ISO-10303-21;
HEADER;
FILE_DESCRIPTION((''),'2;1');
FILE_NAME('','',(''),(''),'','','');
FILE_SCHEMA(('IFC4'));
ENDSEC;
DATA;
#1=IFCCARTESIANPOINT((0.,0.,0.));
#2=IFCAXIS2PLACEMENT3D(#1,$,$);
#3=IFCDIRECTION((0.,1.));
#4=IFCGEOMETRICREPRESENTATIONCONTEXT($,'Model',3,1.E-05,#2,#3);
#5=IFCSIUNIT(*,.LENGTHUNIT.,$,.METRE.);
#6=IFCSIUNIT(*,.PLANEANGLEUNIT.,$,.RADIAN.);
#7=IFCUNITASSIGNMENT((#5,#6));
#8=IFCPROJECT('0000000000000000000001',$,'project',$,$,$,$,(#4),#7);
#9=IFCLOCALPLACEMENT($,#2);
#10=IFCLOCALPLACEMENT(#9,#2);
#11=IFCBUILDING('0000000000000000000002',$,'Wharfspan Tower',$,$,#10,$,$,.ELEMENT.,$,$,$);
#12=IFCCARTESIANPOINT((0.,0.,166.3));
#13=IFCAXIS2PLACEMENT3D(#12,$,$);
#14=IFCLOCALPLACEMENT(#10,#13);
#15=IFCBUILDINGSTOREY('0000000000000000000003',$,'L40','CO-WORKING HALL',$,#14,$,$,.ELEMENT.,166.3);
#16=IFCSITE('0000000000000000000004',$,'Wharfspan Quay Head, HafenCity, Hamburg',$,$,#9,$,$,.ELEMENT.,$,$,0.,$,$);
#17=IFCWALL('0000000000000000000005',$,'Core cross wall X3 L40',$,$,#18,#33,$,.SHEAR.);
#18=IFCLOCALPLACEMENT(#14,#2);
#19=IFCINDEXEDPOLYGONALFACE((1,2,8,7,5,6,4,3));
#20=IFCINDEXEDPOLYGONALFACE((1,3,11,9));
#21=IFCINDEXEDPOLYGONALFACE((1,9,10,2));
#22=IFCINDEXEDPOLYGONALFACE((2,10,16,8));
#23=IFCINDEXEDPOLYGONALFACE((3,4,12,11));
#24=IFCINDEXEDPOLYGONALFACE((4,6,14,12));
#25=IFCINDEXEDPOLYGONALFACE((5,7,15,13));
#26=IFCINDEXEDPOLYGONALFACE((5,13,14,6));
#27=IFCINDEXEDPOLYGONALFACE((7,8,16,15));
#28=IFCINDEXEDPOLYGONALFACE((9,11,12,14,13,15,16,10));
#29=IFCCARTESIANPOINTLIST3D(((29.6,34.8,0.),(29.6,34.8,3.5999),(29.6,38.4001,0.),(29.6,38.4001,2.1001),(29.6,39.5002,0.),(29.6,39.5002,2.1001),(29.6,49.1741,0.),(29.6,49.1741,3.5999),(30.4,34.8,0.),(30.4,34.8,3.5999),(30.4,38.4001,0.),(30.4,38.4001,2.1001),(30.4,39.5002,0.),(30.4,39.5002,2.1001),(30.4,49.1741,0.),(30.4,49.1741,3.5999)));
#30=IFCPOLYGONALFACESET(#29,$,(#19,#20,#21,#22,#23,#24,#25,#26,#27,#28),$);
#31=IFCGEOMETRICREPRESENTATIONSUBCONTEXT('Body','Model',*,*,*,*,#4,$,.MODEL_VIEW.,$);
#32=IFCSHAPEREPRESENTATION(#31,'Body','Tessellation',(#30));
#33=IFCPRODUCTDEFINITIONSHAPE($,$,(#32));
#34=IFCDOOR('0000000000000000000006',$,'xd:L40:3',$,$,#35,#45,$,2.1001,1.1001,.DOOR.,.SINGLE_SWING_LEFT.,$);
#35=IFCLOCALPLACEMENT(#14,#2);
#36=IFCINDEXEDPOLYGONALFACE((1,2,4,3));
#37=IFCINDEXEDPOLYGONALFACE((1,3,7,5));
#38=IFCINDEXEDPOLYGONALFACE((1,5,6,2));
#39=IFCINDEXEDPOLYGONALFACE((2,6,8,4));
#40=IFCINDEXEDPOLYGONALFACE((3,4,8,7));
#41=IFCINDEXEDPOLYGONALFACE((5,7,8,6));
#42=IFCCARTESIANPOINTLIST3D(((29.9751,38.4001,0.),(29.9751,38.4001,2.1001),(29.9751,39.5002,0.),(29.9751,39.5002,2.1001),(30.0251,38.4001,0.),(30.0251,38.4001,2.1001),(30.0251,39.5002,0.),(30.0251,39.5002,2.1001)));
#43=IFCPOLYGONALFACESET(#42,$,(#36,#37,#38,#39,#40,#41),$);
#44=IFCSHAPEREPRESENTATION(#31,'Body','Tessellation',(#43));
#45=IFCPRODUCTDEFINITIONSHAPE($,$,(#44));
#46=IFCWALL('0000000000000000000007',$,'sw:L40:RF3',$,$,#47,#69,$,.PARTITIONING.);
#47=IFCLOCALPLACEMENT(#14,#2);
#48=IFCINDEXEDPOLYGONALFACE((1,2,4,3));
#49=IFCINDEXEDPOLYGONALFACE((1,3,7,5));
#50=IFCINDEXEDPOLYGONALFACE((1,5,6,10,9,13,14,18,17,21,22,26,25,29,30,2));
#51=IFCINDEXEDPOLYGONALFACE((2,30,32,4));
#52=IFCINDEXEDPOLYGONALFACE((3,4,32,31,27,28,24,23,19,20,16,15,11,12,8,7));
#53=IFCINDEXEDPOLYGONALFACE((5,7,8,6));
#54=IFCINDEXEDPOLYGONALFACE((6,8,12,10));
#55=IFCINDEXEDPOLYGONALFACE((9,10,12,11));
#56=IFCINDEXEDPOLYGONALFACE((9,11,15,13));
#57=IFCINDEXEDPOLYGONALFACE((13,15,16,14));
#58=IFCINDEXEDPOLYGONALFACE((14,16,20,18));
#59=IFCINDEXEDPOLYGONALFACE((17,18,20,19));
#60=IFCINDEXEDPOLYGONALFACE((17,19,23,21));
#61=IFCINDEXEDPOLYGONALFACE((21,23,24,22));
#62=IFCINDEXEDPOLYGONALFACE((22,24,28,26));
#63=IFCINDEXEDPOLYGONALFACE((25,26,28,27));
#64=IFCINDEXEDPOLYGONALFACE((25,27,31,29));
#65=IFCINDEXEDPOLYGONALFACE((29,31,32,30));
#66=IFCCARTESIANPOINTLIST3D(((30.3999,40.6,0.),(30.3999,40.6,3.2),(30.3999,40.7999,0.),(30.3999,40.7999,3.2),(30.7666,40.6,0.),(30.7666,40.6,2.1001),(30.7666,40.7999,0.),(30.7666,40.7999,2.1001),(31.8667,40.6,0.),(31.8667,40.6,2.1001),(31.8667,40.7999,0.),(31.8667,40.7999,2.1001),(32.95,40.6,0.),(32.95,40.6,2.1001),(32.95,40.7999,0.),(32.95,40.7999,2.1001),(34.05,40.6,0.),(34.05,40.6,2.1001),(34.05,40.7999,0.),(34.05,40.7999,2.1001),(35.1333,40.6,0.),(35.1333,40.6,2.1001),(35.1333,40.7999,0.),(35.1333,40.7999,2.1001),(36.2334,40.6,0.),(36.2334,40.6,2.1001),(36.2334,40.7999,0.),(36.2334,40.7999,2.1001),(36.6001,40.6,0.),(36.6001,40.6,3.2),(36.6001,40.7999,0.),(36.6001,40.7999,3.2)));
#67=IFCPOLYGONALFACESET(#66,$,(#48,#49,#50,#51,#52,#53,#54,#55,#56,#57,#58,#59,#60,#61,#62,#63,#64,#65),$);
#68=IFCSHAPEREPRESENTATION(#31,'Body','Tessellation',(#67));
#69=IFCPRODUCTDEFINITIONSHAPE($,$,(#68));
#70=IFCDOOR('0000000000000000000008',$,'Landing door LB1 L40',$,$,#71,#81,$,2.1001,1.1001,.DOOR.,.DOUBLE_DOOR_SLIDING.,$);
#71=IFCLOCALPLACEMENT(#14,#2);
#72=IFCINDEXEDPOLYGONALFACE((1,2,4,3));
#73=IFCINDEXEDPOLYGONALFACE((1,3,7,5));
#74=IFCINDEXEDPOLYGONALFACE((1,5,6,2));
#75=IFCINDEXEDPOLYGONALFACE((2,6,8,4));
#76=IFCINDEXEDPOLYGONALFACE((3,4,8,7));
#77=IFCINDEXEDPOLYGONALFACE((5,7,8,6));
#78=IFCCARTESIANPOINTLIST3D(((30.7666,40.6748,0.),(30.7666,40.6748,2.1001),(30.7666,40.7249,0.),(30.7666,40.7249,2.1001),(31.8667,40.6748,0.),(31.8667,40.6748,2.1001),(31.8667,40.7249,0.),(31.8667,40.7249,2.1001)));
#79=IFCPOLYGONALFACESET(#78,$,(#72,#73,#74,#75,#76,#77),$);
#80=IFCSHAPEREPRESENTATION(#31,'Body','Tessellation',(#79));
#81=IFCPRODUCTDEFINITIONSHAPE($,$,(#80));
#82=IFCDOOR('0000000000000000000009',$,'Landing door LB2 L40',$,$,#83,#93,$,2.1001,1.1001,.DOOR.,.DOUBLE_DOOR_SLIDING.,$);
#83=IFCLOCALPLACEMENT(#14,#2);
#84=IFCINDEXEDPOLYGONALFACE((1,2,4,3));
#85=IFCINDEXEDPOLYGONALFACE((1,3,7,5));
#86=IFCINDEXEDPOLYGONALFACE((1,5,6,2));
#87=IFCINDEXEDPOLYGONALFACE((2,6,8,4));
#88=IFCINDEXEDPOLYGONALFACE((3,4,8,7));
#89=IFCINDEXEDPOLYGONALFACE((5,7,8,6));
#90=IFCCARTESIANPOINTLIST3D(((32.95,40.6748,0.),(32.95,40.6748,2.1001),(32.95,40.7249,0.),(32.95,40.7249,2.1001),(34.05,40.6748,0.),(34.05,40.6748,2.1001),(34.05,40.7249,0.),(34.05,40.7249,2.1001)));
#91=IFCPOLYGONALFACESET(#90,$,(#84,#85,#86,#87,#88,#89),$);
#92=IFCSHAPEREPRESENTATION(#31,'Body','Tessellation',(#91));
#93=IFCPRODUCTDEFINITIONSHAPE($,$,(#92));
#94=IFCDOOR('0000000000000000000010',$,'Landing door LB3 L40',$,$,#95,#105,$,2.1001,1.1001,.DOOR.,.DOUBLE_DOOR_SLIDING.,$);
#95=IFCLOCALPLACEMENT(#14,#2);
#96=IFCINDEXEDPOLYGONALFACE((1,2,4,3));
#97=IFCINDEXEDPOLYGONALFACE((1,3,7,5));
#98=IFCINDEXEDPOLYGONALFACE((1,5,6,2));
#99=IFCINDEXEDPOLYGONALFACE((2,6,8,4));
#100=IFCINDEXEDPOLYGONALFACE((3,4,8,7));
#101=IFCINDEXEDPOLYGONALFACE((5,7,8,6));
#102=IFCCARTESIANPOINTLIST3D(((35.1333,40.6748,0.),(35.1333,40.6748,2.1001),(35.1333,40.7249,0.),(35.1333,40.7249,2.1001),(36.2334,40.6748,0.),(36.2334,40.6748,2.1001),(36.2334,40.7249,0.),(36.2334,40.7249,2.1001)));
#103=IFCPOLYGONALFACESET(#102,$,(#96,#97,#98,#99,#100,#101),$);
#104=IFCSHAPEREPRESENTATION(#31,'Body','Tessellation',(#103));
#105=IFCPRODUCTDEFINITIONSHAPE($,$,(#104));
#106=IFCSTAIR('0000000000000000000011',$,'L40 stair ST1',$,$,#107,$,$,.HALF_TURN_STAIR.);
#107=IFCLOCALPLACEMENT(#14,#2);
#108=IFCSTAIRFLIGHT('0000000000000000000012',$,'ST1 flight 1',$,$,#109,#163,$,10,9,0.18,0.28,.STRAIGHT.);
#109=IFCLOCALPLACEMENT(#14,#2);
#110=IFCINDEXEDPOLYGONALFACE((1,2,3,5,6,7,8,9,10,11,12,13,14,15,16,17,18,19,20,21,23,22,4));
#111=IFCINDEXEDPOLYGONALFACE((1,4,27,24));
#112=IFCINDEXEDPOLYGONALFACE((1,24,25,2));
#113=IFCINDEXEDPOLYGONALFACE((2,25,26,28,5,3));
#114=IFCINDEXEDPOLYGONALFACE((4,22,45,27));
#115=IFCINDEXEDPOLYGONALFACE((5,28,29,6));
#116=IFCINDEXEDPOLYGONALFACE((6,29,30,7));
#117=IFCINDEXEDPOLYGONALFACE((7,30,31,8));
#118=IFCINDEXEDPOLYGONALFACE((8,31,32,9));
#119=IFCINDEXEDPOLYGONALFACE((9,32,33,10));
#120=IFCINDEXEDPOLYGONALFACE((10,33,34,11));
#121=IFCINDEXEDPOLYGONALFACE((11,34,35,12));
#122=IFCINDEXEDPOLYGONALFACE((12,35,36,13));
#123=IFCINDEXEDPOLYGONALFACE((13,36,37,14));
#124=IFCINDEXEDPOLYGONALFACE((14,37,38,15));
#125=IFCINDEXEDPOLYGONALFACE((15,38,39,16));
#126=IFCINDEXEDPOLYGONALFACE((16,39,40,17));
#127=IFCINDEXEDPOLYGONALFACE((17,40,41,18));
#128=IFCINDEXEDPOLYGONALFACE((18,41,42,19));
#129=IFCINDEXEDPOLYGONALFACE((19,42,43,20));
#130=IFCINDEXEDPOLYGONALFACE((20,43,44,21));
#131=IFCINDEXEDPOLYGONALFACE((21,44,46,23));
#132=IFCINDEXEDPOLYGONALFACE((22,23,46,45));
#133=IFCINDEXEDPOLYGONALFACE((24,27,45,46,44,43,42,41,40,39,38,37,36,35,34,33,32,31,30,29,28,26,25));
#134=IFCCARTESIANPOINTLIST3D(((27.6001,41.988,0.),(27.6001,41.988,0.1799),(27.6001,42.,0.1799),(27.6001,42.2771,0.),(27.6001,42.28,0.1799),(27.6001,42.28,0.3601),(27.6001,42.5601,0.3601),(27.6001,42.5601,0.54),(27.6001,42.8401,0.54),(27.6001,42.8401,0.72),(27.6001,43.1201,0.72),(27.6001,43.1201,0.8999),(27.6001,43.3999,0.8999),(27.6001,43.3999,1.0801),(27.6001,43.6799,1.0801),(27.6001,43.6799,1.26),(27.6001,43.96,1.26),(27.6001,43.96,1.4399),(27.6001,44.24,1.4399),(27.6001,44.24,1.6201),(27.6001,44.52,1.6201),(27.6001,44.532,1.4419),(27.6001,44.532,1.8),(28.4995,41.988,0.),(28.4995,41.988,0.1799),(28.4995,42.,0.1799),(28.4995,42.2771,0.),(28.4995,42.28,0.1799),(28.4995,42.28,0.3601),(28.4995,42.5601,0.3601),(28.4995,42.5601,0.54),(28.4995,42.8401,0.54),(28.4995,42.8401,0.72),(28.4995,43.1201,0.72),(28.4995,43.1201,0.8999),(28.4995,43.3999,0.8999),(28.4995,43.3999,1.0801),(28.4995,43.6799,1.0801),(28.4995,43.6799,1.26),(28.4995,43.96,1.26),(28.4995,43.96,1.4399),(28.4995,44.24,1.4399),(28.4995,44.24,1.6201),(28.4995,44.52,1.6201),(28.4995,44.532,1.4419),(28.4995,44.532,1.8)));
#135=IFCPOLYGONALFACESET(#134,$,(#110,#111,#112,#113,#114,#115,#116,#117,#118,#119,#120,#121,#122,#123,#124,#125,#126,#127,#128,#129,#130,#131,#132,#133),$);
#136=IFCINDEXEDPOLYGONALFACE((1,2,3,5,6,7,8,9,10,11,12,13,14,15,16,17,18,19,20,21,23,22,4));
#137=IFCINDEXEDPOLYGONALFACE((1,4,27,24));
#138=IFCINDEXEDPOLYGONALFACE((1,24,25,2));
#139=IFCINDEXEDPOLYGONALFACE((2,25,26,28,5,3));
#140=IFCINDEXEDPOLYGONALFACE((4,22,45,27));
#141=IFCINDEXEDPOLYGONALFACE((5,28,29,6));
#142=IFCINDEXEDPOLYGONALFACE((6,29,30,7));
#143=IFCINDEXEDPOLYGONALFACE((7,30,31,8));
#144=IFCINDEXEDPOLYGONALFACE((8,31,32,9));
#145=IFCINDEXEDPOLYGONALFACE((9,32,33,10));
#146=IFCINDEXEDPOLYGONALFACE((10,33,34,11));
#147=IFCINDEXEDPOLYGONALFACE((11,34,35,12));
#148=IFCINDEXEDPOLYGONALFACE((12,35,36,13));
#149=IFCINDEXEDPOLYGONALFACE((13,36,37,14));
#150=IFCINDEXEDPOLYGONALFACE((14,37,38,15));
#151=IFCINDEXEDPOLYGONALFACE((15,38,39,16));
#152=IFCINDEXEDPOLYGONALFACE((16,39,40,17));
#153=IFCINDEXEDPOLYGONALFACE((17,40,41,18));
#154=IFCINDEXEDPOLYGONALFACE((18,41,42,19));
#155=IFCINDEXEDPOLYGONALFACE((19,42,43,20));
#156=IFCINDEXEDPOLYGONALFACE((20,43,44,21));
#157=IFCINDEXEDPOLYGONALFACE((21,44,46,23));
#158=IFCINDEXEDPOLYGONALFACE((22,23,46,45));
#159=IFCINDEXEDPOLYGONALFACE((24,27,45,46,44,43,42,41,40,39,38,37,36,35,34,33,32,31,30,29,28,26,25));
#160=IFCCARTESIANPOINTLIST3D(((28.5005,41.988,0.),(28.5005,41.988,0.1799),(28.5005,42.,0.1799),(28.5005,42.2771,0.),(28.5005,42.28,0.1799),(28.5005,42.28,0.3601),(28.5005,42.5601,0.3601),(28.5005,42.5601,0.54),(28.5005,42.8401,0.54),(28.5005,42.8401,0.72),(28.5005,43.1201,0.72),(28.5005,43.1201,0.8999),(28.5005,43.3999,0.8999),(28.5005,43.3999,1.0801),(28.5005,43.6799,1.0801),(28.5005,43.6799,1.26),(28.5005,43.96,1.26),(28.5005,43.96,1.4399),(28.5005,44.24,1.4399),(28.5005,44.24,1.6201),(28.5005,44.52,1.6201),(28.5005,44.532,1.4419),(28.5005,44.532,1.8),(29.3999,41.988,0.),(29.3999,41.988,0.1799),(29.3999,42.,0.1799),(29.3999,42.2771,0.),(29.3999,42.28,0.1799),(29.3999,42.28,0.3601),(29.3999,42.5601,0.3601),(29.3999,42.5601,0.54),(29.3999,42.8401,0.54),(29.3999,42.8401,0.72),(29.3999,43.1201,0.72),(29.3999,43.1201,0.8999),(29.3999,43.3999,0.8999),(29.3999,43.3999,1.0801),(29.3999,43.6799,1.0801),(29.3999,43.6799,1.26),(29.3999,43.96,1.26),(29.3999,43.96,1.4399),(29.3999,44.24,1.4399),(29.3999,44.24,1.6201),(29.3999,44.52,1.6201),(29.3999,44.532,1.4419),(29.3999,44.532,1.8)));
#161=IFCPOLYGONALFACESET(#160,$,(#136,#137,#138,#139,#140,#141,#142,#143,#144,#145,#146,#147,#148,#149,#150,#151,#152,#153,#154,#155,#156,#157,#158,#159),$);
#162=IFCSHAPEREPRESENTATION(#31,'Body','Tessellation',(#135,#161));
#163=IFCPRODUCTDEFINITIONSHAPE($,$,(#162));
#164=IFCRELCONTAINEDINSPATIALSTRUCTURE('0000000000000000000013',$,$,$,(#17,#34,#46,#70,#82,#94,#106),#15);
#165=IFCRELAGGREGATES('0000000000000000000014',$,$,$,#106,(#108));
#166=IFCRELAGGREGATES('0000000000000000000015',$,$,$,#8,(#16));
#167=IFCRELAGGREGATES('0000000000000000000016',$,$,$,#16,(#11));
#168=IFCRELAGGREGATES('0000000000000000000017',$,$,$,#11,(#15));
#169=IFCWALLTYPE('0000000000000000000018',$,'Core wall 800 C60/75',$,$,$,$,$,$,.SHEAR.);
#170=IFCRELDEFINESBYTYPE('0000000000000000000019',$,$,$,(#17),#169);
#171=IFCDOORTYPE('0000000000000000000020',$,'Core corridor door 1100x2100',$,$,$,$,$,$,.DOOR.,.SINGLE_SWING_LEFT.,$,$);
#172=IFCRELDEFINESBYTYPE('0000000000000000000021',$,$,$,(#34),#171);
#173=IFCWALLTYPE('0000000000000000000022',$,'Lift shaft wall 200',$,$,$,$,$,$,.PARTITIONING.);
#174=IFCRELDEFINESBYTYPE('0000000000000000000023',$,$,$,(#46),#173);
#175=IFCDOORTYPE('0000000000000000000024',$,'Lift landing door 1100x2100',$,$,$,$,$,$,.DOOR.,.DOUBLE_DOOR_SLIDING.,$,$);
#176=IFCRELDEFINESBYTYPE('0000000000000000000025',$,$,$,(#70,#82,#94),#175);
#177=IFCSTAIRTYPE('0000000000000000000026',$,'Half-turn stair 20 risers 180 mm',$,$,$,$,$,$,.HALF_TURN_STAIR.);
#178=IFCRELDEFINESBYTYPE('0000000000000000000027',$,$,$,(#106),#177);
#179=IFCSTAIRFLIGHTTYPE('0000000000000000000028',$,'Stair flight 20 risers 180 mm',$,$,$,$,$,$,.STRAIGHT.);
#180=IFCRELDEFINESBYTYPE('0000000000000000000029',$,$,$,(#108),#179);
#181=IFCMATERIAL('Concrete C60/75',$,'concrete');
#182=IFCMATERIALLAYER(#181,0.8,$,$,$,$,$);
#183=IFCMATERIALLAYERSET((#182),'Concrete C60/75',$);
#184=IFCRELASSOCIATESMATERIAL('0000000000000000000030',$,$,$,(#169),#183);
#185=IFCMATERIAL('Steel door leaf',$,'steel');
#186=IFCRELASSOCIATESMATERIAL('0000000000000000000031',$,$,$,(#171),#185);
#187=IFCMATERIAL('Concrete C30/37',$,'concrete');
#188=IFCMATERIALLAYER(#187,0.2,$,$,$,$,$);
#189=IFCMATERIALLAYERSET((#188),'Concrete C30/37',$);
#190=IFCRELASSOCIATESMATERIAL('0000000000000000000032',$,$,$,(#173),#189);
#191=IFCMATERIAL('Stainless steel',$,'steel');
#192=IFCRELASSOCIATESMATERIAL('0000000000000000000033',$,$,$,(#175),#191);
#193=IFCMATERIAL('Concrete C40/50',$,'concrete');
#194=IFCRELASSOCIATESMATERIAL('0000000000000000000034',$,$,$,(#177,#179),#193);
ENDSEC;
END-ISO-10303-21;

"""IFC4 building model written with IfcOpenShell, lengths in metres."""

from ifc_helpers import new_model, si_unit, direction, frame, frame_2d, origin, place, context, subcontext, project, spatial, polyline, rectangle, outline, extrude, material, layer, layer_set, type_object, element, fill, aggregate, save


model = new_model("IFC4")

# Units and contexts
model_context = context("Model", 3, precision=1e-05, world=origin(), true_north=direction((0.0, 1.0)))
body_context = subcontext(model_context, "Body", "Model", "MODEL_VIEW")
ifc_project = project(units=[si_unit("LENGTHUNIT", "METRE"), si_unit("PLANEANGLEUNIT", "RADIAN")], contexts=[model_context])

# Site, building, storey
site_placement = place(None, origin())
site = spatial("IfcSite", under=ifc_project, at=site_placement, Name="Wharfspan Quay Head, HafenCity, Hamburg", CompositionType="ELEMENT", RefElevation=0.0)
building_placement = place(site_placement, origin())
building = spatial("IfcBuilding", under=site, at=building_placement, Name="Wharfspan Tower", CompositionType="ELEMENT")
storey_placement = place(building_placement, frame((0.0, 0.0, 166.3)))
storey = spatial("IfcBuildingStorey", under=building, at=storey_placement, Name="L40", Description="CO-WORKING HALL", CompositionType="ELEMENT", Elevation=166.3)

# Wall, opening, door
ifc_material_1 = material(Name="Concrete C60/75", Category="concrete")
ifc_layer_1 = layer(ifc_material_1, 0.8)
ifc_layer_set_1 = layer_set([ifc_layer_1], Name="Concrete C60/75")
wall_type_1 = type_object("IfcWallType", Name="Core wall 800 C60/75", PredefinedType="SHEAR", material=ifc_layer_set_1)
wall_1_placement = place(storey_placement, frame((30.0, 34.8, 0.0), z_axis=(0.0, 0.0, 1.0), x_axis=(0.0, 1.0, 0.0)))
wall_1 = element("IfcWall", 1, at=wall_1_placement, inside=storey, type_object=wall_type_1, Name="Core cross wall X3 L40", PredefinedType="SHEAR", context=body_context, shape_type="SweptSolid", body=[
    extrude(rectangle(XDim=14.374, YDim=0.8, at=frame_2d((7.187, 0.0))), origin(), (0.0, 0.0, 1.0), 3.5999),
])
opening_1_placement = place(wall_1_placement, frame((3.6001, 0.0, 0.0)))
opening_1 = element("IfcOpeningElement", 2, at=opening_1_placement, cuts=wall_1, PredefinedType="OPENING", context=body_context, shape_type="SweptSolid", body=[
    extrude(rectangle(XDim=1.1001, YDim=2.1001, at=frame_2d((0.55, 1.05))), frame((0.0, 0.4099, 0.0), z_axis=(0.0, -1.0, 0.0), x_axis=(1.0, 0.0, 0.0)), (0.0, 0.0, 1.0), 0.8201),
])
ifc_material_2 = material(Name="Steel door leaf", Category="steel")
door_type_1 = type_object("IfcDoorType", Name="Core corridor door 1100x2100", OperationType="SINGLE_SWING_LEFT", PredefinedType="DOOR", material=ifc_material_2)
door_1_placement = place(opening_1_placement, origin())
door_1 = element("IfcDoor", 3, at=door_1_placement, inside=storey, type_object=door_type_1, Name="xd:L40:3", OperationType="SINGLE_SWING_LEFT", OverallHeight=2.1001, OverallWidth=1.1001, PredefinedType="DOOR", context=body_context, shape_type="SweptSolid", body=[
    extrude(rectangle(XDim=1.1001, YDim=2.1001, at=frame_2d((0.55, 1.05))), frame((0.0, 0.0249, 0.0), z_axis=(0.0, -1.0, 0.0), x_axis=(1.0, 0.0, 0.0)), (0.0, 0.0, 1.0), 0.05),
])
fill(opening_1, door_1)

# Wall, openings, doors
ifc_material_3 = material(Name="Concrete C30/37", Category="concrete")
ifc_layer_2 = layer(ifc_material_3, 0.2)
ifc_layer_set_2 = layer_set([ifc_layer_2], Name="Concrete C30/37")
wall_type_2 = type_object("IfcWallType", Name="Lift shaft wall 200", PredefinedType="PARTITIONING", material=ifc_layer_set_2)
wall_2_placement = place(storey_placement, frame((30.3999, 40.7, 0.0), z_axis=(0.0, 0.0, 1.0), x_axis=(1.0, 0.0, 0.0)))
wall_2 = element("IfcWall", 4, at=wall_2_placement, inside=storey, type_object=wall_type_2, Name="sw:L40:RF3", PredefinedType="PARTITIONING", context=body_context, shape_type="SweptSolid", body=[
    extrude(rectangle(XDim=6.2002, YDim=0.2, at=frame_2d((3.1001, 0.0))), origin(), (0.0, 0.0, 1.0), 3.2),
])
opening_2_placement = place(wall_2_placement, frame((0.3667, 0.0, 0.0)))
opening_2 = element("IfcOpeningElement", 5, at=opening_2_placement, cuts=wall_2, PredefinedType="OPENING", context=body_context, shape_type="SweptSolid", body=[
    extrude(rectangle(XDim=1.1001, YDim=2.1001, at=frame_2d((0.55, 1.05))), frame((0.0, 0.1099, 0.0), z_axis=(0.0, -1.0, 0.0), x_axis=(1.0, 0.0, 0.0)), (0.0, 0.0, 1.0), 0.22),
])
opening_3_placement = place(wall_2_placement, frame((2.55, 0.0, 0.0)))
opening_3 = element("IfcOpeningElement", 6, at=opening_3_placement, cuts=wall_2, PredefinedType="OPENING", context=body_context, shape_type="SweptSolid", body=[
    extrude(rectangle(XDim=1.1001, YDim=2.1001, at=frame_2d((0.55, 1.05))), frame((0.0, 0.1099, 0.0), z_axis=(0.0, -1.0, 0.0), x_axis=(1.0, 0.0, 0.0)), (0.0, 0.0, 1.0), 0.22),
])
opening_4_placement = place(wall_2_placement, frame((4.7334, 0.0, 0.0)))
opening_4 = element("IfcOpeningElement", 7, at=opening_4_placement, cuts=wall_2, PredefinedType="OPENING", context=body_context, shape_type="SweptSolid", body=[
    extrude(rectangle(XDim=1.1001, YDim=2.1001, at=frame_2d((0.55, 1.05))), frame((0.0, 0.1099, 0.0), z_axis=(0.0, -1.0, 0.0), x_axis=(1.0, 0.0, 0.0)), (0.0, 0.0, 1.0), 0.22),
])
ifc_material_4 = material(Name="Stainless steel", Category="steel")
door_type_2 = type_object("IfcDoorType", Name="Lift landing door 1100x2100", OperationType="DOUBLE_DOOR_SLIDING", PredefinedType="DOOR", material=ifc_material_4)
door_2_placement = place(opening_2_placement, origin())
door_2 = element("IfcDoor", 8, at=door_2_placement, inside=storey, type_object=door_type_2, Name="Landing door LB1 L40", OperationType="DOUBLE_DOOR_SLIDING", OverallHeight=2.1001, OverallWidth=1.1001, PredefinedType="DOOR", context=body_context, shape_type="SweptSolid", body=[
    extrude(rectangle(XDim=1.1001, YDim=2.1001, at=frame_2d((0.55, 1.05))), frame((0.0, 0.0249, 0.0), z_axis=(0.0, -1.0, 0.0), x_axis=(1.0, 0.0, 0.0)), (0.0, 0.0, 1.0), 0.05),
])
fill(opening_2, door_2)
door_3_placement = place(opening_3_placement, origin())
door_3 = element("IfcDoor", 9, at=door_3_placement, inside=storey, type_object=door_type_2, Name="Landing door LB2 L40", OperationType="DOUBLE_DOOR_SLIDING", OverallHeight=2.1001, OverallWidth=1.1001, PredefinedType="DOOR", context=body_context, shape_type="SweptSolid", body=[
    extrude(rectangle(XDim=1.1001, YDim=2.1001, at=frame_2d((0.55, 1.05))), frame((0.0, 0.0249, 0.0), z_axis=(0.0, -1.0, 0.0), x_axis=(1.0, 0.0, 0.0)), (0.0, 0.0, 1.0), 0.05),
])
fill(opening_3, door_3)
door_4_placement = place(opening_4_placement, origin())
door_4 = element("IfcDoor", 10, at=door_4_placement, inside=storey, type_object=door_type_2, Name="Landing door LB3 L40", OperationType="DOUBLE_DOOR_SLIDING", OverallHeight=2.1001, OverallWidth=1.1001, PredefinedType="DOOR", context=body_context, shape_type="SweptSolid", body=[
    extrude(rectangle(XDim=1.1001, YDim=2.1001, at=frame_2d((0.55, 1.05))), frame((0.0, 0.0249, 0.0), z_axis=(0.0, -1.0, 0.0), x_axis=(1.0, 0.0, 0.0)), (0.0, 0.0, 1.0), 0.05),
])
fill(opening_4, door_4)

# Stair, stair flight
ifc_material_5 = material(Name="Concrete C40/50", Category="concrete")
stair_type = type_object("IfcStairType", Name="Half-turn stair 20 risers 180 mm", PredefinedType="HALF_TURN_STAIR", material=ifc_material_5)
stair_placement = place(storey_placement, origin())
stair = element("IfcStair", 11, at=stair_placement, inside=storey, type_object=stair_type, Name="L40 stair ST1", PredefinedType="HALF_TURN_STAIR")
stair_flight_type = type_object("IfcStairFlightType", Name="Stair flight 20 risers 180 mm", PredefinedType="STRAIGHT", material=ifc_material_5)
stair_flight_placement = place(storey_placement, frame((28.5, 42.0, 0.0), z_axis=(0.0, 0.0, 1.0), x_axis=(0.0, 1.0, 0.0)))
stair_flight = element("IfcStairFlight", 12, at=stair_flight_placement, type_object=stair_flight_type, Name="ST1 flight 1", NumberOfRisers=10, NumberOfTreads=9, PredefinedType="STRAIGHT", RiserHeight=0.18, TreadLength=0.28, context=body_context, shape_type="SweptSolid", body=[
    extrude(outline(polyline([(-0.012, 0.0), (-0.012, 0.1799), (0.0, 0.1799), (0.28, 0.1799), (0.28, 0.3601), (0.5601, 0.3601), (0.5601, 0.54), (0.8401, 0.54), (0.8401, 0.72), (1.1201, 0.72), (1.1201, 0.8999), (1.3999, 0.8999), (1.3999, 1.0801), (1.6799, 1.0801), (1.6799, 1.26), (1.96, 1.26), (1.96, 1.4399), (2.24, 1.4399), (2.24, 1.6201), (2.52, 1.6201), (2.532, 1.8), (2.532, 1.4419), (0.2771, 0.0), (-0.012, 0.0)])), frame((0.0, 0.8999, 0.0), z_axis=(0.0, -1.0, 0.0), x_axis=(1.0, 0.0, 0.0)), (0.0, 0.0, 1.0), 0.8994),
    extrude(outline(polyline([(-0.012, 0.0), (-0.012, 0.1799), (0.0, 0.1799), (0.28, 0.1799), (0.28, 0.3601), (0.5601, 0.3601), (0.5601, 0.54), (0.8401, 0.54), (0.8401, 0.72), (1.1201, 0.72), (1.1201, 0.8999), (1.3999, 0.8999), (1.3999, 1.0801), (1.6799, 1.0801), (1.6799, 1.26), (1.96, 1.26), (1.96, 1.4399), (2.24, 1.4399), (2.24, 1.6201), (2.52, 1.6201), (2.532, 1.8), (2.532, 1.4419), (0.2771, 0.0), (-0.012, 0.0)])), frame((0.0, -0.0005, 0.0), z_axis=(0.0, -1.0, 0.0), x_axis=(1.0, 0.0, 0.0)), (0.0, 0.0, 1.0), 0.8994),
])
aggregate(stair, [stair_flight])

save(model, "model.ifc")
